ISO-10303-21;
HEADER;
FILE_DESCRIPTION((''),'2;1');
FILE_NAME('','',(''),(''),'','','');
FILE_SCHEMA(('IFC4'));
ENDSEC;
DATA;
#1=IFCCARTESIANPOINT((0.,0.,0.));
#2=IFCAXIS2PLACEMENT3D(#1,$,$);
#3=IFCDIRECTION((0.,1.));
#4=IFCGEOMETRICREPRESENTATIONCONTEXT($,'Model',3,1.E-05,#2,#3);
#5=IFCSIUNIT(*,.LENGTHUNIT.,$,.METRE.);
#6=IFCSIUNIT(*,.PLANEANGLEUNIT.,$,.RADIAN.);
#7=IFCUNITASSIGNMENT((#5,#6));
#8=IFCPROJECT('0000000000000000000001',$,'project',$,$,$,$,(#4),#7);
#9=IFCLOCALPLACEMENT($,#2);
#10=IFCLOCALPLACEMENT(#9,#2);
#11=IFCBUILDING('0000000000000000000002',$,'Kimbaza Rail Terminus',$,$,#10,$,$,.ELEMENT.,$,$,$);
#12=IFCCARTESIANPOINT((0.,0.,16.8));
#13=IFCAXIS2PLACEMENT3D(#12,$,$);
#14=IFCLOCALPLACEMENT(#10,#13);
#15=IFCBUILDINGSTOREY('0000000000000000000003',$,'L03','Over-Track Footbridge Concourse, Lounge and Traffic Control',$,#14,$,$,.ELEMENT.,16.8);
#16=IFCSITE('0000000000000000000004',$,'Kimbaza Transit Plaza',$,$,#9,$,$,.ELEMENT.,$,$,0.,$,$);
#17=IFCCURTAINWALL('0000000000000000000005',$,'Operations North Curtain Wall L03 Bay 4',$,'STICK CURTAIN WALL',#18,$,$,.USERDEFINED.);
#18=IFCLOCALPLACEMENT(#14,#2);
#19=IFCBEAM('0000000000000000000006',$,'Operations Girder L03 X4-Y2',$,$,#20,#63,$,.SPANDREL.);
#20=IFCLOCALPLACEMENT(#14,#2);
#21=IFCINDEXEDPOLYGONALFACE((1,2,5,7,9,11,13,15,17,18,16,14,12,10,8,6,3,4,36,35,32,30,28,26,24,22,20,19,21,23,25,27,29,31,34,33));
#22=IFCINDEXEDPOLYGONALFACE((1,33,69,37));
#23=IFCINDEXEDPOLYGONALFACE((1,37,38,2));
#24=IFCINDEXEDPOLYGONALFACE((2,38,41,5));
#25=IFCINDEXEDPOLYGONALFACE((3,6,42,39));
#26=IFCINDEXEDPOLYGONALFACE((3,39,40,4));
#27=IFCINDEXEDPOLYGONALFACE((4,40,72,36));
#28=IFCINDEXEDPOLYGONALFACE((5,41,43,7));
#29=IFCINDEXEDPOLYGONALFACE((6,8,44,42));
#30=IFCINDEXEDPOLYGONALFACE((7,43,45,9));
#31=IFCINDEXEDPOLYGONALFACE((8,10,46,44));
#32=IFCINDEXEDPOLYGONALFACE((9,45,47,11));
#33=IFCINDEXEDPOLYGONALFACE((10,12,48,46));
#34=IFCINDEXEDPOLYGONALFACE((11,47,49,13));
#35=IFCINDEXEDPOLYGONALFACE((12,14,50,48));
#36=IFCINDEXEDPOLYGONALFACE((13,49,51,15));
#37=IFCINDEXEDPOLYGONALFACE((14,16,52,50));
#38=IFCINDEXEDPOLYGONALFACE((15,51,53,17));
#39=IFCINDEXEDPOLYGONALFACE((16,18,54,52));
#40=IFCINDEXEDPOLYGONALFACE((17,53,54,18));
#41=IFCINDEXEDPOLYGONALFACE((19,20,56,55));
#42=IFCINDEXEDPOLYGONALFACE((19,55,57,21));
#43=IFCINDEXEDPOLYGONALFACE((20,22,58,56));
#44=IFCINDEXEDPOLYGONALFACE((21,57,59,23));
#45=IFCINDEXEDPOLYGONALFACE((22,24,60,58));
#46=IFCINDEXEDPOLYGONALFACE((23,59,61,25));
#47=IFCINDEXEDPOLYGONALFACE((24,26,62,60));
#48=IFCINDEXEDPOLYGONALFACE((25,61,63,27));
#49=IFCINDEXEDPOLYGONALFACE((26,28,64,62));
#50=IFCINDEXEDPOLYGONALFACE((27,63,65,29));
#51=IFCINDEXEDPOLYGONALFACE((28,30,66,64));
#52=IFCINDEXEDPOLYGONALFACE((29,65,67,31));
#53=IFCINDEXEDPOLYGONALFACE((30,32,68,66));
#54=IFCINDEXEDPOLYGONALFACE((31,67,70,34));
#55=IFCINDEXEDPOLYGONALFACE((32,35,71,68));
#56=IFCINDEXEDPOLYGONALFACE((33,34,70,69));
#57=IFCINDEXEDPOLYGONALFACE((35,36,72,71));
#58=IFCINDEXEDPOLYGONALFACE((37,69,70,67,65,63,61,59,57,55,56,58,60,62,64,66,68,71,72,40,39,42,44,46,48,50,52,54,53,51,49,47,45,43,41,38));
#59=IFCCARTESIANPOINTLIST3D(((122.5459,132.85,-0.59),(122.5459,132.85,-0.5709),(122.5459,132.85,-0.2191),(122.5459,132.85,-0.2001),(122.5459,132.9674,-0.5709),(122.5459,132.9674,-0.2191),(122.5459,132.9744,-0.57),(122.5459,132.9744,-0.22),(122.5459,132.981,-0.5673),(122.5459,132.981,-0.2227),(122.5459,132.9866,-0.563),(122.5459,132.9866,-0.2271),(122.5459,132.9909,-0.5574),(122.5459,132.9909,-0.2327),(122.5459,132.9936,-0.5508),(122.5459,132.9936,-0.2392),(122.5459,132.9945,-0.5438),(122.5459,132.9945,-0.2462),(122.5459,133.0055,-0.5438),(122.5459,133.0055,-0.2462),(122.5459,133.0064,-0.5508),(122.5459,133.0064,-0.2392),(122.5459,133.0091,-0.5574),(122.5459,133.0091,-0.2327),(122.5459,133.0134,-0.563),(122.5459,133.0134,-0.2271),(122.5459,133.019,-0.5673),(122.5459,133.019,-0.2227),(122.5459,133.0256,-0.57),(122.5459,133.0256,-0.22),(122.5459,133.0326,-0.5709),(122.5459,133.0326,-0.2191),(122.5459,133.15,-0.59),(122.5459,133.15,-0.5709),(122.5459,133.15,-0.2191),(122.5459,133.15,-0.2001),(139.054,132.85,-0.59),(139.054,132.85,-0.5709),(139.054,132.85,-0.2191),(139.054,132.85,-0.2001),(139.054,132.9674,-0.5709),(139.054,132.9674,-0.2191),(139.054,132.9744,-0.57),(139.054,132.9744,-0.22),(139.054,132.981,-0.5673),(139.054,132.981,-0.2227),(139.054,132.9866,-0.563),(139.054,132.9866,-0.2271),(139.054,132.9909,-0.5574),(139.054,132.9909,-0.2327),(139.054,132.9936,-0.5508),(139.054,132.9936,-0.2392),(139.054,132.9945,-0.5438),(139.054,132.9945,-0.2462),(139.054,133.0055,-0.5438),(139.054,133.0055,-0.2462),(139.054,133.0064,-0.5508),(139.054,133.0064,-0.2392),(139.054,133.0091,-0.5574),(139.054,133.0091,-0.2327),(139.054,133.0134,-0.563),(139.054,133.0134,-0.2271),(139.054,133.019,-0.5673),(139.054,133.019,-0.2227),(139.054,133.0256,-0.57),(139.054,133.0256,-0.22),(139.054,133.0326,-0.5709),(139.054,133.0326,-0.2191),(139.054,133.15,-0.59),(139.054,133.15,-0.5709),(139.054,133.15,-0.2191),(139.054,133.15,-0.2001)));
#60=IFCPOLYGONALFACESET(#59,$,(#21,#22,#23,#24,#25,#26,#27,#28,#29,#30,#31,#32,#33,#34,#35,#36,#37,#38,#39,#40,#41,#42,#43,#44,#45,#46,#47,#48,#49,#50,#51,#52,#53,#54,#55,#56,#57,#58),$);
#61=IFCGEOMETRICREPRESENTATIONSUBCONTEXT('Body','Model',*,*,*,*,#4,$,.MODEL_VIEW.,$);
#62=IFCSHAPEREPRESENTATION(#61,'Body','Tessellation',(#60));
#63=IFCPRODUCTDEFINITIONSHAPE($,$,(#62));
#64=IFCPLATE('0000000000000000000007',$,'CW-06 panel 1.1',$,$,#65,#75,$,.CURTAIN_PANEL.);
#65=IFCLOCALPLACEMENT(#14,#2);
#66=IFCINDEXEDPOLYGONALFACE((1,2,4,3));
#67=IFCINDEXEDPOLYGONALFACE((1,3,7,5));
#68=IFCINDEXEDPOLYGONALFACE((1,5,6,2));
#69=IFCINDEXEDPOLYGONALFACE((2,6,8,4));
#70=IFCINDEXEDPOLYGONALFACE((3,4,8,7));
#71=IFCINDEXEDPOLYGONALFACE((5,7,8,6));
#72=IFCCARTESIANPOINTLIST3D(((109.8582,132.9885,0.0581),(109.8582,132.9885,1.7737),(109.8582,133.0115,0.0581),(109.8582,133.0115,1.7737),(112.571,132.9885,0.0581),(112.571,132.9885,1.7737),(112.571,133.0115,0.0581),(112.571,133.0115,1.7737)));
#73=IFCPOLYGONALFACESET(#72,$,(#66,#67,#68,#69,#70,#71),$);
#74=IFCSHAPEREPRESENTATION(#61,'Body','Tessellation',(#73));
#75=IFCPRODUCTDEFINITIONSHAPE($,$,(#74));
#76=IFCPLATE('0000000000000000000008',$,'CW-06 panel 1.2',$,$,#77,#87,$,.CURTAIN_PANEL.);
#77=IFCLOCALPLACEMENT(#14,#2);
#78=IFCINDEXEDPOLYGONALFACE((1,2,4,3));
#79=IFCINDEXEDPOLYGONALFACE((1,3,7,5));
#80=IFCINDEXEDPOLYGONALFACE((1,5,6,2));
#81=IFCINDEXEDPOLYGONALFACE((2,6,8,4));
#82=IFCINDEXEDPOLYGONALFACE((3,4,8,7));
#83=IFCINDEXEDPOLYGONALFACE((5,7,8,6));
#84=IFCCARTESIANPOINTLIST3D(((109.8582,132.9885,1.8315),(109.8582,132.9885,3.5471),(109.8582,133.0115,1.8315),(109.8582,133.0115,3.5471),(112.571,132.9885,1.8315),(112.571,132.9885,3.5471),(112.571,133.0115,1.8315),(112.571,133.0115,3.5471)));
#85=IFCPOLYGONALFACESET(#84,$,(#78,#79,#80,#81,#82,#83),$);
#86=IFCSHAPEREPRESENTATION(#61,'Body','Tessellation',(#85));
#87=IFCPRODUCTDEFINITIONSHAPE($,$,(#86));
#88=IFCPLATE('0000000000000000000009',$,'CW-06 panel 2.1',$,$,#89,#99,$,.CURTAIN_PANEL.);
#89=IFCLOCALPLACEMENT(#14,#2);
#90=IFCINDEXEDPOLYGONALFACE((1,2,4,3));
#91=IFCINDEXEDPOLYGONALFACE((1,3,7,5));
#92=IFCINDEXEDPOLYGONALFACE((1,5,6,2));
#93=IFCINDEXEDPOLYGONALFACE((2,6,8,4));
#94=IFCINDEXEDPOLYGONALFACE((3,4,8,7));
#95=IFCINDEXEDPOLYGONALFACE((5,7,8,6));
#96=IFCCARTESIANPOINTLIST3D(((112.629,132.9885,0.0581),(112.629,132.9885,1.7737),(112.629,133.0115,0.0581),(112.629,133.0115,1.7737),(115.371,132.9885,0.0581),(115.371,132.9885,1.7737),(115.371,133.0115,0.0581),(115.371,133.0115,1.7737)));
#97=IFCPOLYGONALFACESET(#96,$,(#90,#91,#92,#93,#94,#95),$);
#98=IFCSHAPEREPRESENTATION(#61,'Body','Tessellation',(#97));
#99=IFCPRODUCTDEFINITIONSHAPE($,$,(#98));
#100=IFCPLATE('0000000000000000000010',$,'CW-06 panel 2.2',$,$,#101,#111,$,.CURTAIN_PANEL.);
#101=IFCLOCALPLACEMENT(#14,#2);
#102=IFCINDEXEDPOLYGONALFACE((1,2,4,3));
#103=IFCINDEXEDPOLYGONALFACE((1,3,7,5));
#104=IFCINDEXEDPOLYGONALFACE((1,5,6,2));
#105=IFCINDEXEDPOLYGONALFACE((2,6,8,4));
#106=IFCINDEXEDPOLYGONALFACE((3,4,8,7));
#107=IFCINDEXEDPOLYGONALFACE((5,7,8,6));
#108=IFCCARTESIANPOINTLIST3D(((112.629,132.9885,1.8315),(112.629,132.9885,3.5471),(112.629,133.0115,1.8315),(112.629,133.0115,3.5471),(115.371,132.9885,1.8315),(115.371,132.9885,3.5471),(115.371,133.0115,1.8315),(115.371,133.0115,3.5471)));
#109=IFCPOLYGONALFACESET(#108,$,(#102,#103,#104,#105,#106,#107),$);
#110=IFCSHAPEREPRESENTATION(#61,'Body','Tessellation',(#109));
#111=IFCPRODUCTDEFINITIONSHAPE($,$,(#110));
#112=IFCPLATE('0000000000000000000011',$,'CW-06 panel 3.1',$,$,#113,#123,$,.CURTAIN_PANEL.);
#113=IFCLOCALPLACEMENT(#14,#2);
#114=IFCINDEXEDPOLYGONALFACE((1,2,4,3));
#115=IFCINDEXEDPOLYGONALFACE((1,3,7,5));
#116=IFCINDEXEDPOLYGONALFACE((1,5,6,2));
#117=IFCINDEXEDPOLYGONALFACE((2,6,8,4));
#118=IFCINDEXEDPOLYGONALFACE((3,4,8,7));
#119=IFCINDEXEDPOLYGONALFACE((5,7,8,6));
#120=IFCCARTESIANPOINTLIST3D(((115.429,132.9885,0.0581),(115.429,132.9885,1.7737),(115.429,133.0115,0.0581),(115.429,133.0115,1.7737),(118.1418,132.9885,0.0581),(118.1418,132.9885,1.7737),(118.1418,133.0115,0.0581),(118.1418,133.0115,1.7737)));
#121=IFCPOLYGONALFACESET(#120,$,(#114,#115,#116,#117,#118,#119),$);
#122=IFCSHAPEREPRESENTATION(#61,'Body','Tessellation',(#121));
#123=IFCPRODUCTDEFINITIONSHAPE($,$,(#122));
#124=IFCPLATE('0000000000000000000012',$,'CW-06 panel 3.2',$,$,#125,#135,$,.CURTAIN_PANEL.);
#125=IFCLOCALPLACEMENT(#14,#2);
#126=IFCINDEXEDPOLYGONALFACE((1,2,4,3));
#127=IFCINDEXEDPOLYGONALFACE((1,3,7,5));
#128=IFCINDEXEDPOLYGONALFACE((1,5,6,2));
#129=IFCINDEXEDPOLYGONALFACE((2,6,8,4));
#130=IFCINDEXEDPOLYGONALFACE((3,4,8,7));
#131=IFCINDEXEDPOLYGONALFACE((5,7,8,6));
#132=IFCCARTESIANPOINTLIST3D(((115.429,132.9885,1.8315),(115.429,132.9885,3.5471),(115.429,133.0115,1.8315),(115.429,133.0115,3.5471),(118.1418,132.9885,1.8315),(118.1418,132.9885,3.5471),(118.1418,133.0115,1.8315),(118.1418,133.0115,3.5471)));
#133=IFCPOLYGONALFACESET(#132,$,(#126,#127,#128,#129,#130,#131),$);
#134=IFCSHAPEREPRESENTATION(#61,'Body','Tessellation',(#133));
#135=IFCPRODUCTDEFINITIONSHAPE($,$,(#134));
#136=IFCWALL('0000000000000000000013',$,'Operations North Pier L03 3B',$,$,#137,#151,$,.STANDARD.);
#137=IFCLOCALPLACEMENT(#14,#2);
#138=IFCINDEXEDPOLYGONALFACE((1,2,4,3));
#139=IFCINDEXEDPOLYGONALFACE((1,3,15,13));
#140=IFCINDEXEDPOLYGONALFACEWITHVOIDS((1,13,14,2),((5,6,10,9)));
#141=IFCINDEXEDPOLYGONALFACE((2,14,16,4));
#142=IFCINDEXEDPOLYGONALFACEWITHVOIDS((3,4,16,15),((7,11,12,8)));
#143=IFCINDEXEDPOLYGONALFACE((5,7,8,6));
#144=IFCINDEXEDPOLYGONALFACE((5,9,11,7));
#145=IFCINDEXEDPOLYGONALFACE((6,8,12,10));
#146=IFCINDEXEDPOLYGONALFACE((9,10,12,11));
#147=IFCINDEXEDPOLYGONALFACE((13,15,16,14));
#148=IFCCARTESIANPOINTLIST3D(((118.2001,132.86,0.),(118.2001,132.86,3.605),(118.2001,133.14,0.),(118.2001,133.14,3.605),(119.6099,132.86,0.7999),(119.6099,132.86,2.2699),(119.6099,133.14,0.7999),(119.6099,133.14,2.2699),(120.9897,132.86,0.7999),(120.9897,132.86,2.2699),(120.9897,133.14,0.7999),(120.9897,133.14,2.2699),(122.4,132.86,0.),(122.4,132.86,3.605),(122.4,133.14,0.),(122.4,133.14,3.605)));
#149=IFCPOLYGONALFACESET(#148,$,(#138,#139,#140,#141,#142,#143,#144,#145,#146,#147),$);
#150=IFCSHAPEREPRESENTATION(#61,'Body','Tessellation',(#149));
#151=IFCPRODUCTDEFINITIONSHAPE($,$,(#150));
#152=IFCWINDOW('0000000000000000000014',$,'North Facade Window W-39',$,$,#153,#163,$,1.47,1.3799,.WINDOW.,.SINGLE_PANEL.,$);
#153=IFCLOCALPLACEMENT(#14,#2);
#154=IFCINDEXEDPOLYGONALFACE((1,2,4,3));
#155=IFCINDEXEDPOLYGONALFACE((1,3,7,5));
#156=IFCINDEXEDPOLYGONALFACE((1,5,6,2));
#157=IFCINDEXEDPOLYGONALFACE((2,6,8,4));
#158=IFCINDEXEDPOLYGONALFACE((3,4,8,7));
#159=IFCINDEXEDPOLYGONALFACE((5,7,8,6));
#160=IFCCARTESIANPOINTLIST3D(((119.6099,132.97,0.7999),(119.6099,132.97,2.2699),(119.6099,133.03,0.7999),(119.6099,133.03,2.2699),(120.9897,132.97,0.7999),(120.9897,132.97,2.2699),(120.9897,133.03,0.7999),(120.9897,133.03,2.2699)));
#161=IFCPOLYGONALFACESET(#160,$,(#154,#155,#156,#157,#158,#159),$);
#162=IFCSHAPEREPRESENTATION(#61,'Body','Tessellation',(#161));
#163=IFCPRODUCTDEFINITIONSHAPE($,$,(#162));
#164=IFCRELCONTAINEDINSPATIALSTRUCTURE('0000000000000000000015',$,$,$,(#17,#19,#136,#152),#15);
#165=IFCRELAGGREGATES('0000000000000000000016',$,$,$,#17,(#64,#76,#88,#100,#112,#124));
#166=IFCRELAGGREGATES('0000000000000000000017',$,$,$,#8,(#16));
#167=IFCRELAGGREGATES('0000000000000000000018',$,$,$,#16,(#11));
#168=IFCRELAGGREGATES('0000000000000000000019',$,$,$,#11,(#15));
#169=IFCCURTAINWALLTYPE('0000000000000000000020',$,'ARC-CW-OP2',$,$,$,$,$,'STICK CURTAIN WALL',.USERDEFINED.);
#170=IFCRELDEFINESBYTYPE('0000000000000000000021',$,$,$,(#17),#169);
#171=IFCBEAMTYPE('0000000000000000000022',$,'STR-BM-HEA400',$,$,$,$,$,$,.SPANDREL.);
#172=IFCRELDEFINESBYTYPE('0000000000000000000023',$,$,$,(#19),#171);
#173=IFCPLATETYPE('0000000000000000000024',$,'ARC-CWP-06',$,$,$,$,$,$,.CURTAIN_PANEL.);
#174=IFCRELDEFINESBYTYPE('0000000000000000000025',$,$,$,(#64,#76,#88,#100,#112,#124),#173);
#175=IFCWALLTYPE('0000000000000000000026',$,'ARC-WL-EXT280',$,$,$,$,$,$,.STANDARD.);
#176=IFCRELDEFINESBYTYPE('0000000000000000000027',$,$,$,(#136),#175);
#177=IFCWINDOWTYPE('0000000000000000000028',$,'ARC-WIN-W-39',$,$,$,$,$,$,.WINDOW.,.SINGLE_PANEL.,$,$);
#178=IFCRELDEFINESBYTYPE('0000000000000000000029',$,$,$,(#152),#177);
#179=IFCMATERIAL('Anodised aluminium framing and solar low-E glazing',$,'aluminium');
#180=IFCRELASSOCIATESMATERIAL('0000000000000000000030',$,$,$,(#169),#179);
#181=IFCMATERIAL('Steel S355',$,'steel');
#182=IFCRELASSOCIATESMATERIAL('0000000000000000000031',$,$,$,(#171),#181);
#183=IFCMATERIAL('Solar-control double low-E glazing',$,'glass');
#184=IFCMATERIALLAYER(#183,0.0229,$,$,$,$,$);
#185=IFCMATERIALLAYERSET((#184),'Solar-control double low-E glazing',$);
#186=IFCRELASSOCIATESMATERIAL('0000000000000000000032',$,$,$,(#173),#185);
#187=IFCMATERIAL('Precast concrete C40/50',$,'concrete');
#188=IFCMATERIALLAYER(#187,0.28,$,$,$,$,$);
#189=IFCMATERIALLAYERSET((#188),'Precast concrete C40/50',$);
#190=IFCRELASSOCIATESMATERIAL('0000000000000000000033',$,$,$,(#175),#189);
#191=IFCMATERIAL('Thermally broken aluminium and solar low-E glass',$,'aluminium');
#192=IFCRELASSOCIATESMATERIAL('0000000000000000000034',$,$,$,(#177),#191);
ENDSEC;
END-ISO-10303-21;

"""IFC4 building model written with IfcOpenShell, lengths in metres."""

from ifc_helpers import new_model, si_unit, direction, frame, frame_2d, origin, origin_2d, place, context, subcontext, project, spatial, rectangle, i_section, extrude, material, layer, layer_set, material_profile, profile_set, type_object, element, fill, aggregate, save


model = new_model("IFC4")

# Units and contexts
model_context = context("Model", 3, precision=1e-05, world=origin(), true_north=direction((0.0, 1.0)))
body_context = subcontext(model_context, "Body", "Model", "MODEL_VIEW")
ifc_project = project(units=[si_unit("LENGTHUNIT", "METRE"), si_unit("PLANEANGLEUNIT", "RADIAN")], contexts=[model_context])

# Site, building, storey
site_placement = place(None, origin())
site = spatial("IfcSite", under=ifc_project, at=site_placement, Name="Kimbaza Transit Plaza", CompositionType="ELEMENT", RefElevation=0.0)
building_placement = place(site_placement, origin())
building = spatial("IfcBuilding", under=site, at=building_placement, Name="Kimbaza Rail Terminus", CompositionType="ELEMENT")
storey_placement = place(building_placement, frame((0.0, 0.0, 16.8)))
storey = spatial("IfcBuildingStorey", under=building, at=storey_placement, Name="L03", Description="Over-Track Footbridge Concourse, Lounge and Traffic Control", CompositionType="ELEMENT", Elevation=16.8)

# Curtain wall
ifc_material_1 = material(Name="Anodised aluminium framing and solar low-E glazing", Category="aluminium")
curtain_wall_type = type_object("IfcCurtainWallType", Name="ARC-CW-OP2", ElementType="STICK CURTAIN WALL", PredefinedType="USERDEFINED", material=ifc_material_1)
curtain_wall_placement = place(storey_placement, origin())
curtain_wall = element("IfcCurtainWall", 1, at=curtain_wall_placement, inside=storey, type_object=curtain_wall_type, Name="Operations North Curtain Wall L03 Bay 4", ObjectType="STICK CURTAIN WALL", PredefinedType="USERDEFINED")

# Beam
ifc_material_2 = material(Name="Steel S355", Category="steel")
ifc_material_profile_1 = material_profile(ifc_material_2, i_section(OverallWidth=0.3, OverallDepth=0.3899, WebThickness=0.011, FlangeThickness=0.019, FilletRadius=0.0271, at=origin_2d()), Name="HEA 400")
ifc_profile_set_1 = profile_set([ifc_material_profile_1], Name="Steel S355")
beam_type = type_object("IfcBeamType", Name="STR-BM-HEA400", PredefinedType="SPANDREL", material=ifc_profile_set_1)
beam_placement = place(storey_placement, frame((122.5459, 133.0, -0.395), z_axis=(1.0, 0.0, 0.0), x_axis=(0.0, 1.0, 0.0)))
element("IfcBeam", 2, at=beam_placement, inside=storey, type_object=beam_type, Name="Operations Girder L03 X4-Y2", PredefinedType="SPANDREL", context=body_context, shape_type="SweptSolid", body=[
    extrude(i_section(OverallWidth=0.3, OverallDepth=0.3899, WebThickness=0.011, FlangeThickness=0.019, FilletRadius=0.0271, at=origin_2d()), origin(), (0.0, 0.0, 1.0), 16.5081),
])

# Plates
ifc_material_3 = material(Name="Solar-control double low-E glazing", Category="glass")
ifc_layer_1 = layer(ifc_material_3, 0.0229)
ifc_layer_set_1 = layer_set([ifc_layer_1], Name="Solar-control double low-E glazing")
plate_type = type_object("IfcPlateType", Name="ARC-CWP-06", PredefinedType="CURTAIN_PANEL", material=ifc_layer_set_1)
plate_1_placement = place(storey_placement, frame((111.2146, 133.0, 0.0581), z_axis=(0.0, 0.0, 1.0), x_axis=(1.0, 0.0, 0.0)))
plate_1 = element("IfcPlate", 3, at=plate_1_placement, type_object=plate_type, Name="CW-06 panel 1.1", PredefinedType="CURTAIN_PANEL", context=body_context, shape_type="SweptSolid", body=[
    extrude(rectangle(XDim=2.7129, YDim=0.0229, at=origin_2d()), origin(), (0.0, 0.0, 1.0), 1.7156),
])
plate_2_placement = place(storey_placement, frame((111.2146, 133.0, 1.8315), z_axis=(0.0, 0.0, 1.0), x_axis=(1.0, 0.0, 0.0)))
plate_2 = element("IfcPlate", 4, at=plate_2_placement, type_object=plate_type, Name="CW-06 panel 1.2", PredefinedType="CURTAIN_PANEL", context=body_context, shape_type="SweptSolid", body=[
    extrude(rectangle(XDim=2.7129, YDim=0.0229, at=origin_2d()), origin(), (0.0, 0.0, 1.0), 1.7156),
])
plate_3_placement = place(storey_placement, frame((114.0, 133.0, 0.0581), z_axis=(0.0, 0.0, 1.0), x_axis=(1.0, 0.0, 0.0)))
plate_3 = element("IfcPlate", 5, at=plate_3_placement, type_object=plate_type, Name="CW-06 panel 2.1", PredefinedType="CURTAIN_PANEL", context=body_context, shape_type="SweptSolid", body=[
    extrude(rectangle(XDim=2.7419, YDim=0.0229, at=origin_2d()), origin(), (0.0, 0.0, 1.0), 1.7156),
])
plate_4_placement = place(storey_placement, frame((114.0, 133.0, 1.8315), z_axis=(0.0, 0.0, 1.0), x_axis=(1.0, 0.0, 0.0)))
plate_4 = element("IfcPlate", 6, at=plate_4_placement, type_object=plate_type, Name="CW-06 panel 2.2", PredefinedType="CURTAIN_PANEL", context=body_context, shape_type="SweptSolid", body=[
    extrude(rectangle(XDim=2.7419, YDim=0.0229, at=origin_2d()), origin(), (0.0, 0.0, 1.0), 1.7156),
])
plate_5_placement = place(storey_placement, frame((116.7854, 133.0, 0.0581), z_axis=(0.0, 0.0, 1.0), x_axis=(1.0, 0.0, 0.0)))
plate_5 = element("IfcPlate", 7, at=plate_5_placement, type_object=plate_type, Name="CW-06 panel 3.1", PredefinedType="CURTAIN_PANEL", context=body_context, shape_type="SweptSolid", body=[
    extrude(rectangle(XDim=2.7129, YDim=0.0229, at=origin_2d()), origin(), (0.0, 0.0, 1.0), 1.7156),
])
plate_6_placement = place(storey_placement, frame((116.7854, 133.0, 1.8315), z_axis=(0.0, 0.0, 1.0), x_axis=(1.0, 0.0, 0.0)))
plate_6 = element("IfcPlate", 8, at=plate_6_placement, type_object=plate_type, Name="CW-06 panel 3.2", PredefinedType="CURTAIN_PANEL", context=body_context, shape_type="SweptSolid", body=[
    extrude(rectangle(XDim=2.7129, YDim=0.0229, at=origin_2d()), origin(), (0.0, 0.0, 1.0), 1.7156),
])
aggregate(curtain_wall, [plate_1, plate_2, plate_3, plate_4, plate_5, plate_6])

# Wall, opening, window
ifc_material_4 = material(Name="Precast concrete C40/50", Category="concrete")
ifc_layer_2 = layer(ifc_material_4, 0.28)
ifc_layer_set_2 = layer_set([ifc_layer_2], Name="Precast concrete C40/50")
wall_type = type_object("IfcWallType", Name="ARC-WL-EXT280", PredefinedType="STANDARD", material=ifc_layer_set_2)
wall_1_placement = place(storey_placement, frame((118.2, 133.0, 0.0), z_axis=(0.0, 0.0, 1.0), x_axis=(1.0, 0.0, 0.0)))
wall_1 = element("IfcWall", 9, at=wall_1_placement, inside=storey, type_object=wall_type, Name="Operations North Pier L03 3B", PredefinedType="STANDARD", context=body_context, shape_type="SweptSolid", body=[
    extrude(rectangle(XDim=4.2, YDim=0.28, at=frame_2d((2.1001, 0.0))), origin(), (0.0, 0.0, 1.0), 3.605),
])
opening_1_placement = place(wall_1_placement, frame((1.4099, 0.0, 0.8)))
opening_1 = element("IfcOpeningElement", 10, at=opening_1_placement, cuts=wall_1, PredefinedType="OPENING", context=body_context, shape_type="SweptSolid", body=[
    extrude(rectangle(XDim=1.3799, YDim=1.47, at=frame_2d((0.6899, 0.7349))), frame((0.0, 0.1499, 0.0), z_axis=(0.0, -1.0, 0.0), x_axis=(1.0, 0.0, 0.0)), (0.0, 0.0, 1.0), 0.3),
])
ifc_material_5 = material(Name="Thermally broken aluminium and solar low-E glass", Category="aluminium")
window_type_1 = type_object("IfcWindowType", Name="ARC-WIN-W-39", PartitioningType="SINGLE_PANEL", PredefinedType="WINDOW", material=ifc_material_5)
window_1_placement = place(opening_1_placement, origin())
window_1 = element("IfcWindow", 11, at=window_1_placement, inside=storey, type_object=window_type_1, Name="North Facade Window W-39", OverallHeight=1.47, OverallWidth=1.3799, PartitioningType="SINGLE_PANEL", PredefinedType="WINDOW", context=body_context, shape_type="SweptSolid", body=[
    extrude(rectangle(XDim=1.3799, YDim=1.47, at=frame_2d((0.6899, 0.7349))), frame((0.0, 0.03, 0.0), z_axis=(0.0, -1.0, 0.0), x_axis=(1.0, 0.0, 0.0)), (0.0, 0.0, 1.0), 0.0601),
])
fill(opening_1, window_1)

save(model, "model.ifc")
